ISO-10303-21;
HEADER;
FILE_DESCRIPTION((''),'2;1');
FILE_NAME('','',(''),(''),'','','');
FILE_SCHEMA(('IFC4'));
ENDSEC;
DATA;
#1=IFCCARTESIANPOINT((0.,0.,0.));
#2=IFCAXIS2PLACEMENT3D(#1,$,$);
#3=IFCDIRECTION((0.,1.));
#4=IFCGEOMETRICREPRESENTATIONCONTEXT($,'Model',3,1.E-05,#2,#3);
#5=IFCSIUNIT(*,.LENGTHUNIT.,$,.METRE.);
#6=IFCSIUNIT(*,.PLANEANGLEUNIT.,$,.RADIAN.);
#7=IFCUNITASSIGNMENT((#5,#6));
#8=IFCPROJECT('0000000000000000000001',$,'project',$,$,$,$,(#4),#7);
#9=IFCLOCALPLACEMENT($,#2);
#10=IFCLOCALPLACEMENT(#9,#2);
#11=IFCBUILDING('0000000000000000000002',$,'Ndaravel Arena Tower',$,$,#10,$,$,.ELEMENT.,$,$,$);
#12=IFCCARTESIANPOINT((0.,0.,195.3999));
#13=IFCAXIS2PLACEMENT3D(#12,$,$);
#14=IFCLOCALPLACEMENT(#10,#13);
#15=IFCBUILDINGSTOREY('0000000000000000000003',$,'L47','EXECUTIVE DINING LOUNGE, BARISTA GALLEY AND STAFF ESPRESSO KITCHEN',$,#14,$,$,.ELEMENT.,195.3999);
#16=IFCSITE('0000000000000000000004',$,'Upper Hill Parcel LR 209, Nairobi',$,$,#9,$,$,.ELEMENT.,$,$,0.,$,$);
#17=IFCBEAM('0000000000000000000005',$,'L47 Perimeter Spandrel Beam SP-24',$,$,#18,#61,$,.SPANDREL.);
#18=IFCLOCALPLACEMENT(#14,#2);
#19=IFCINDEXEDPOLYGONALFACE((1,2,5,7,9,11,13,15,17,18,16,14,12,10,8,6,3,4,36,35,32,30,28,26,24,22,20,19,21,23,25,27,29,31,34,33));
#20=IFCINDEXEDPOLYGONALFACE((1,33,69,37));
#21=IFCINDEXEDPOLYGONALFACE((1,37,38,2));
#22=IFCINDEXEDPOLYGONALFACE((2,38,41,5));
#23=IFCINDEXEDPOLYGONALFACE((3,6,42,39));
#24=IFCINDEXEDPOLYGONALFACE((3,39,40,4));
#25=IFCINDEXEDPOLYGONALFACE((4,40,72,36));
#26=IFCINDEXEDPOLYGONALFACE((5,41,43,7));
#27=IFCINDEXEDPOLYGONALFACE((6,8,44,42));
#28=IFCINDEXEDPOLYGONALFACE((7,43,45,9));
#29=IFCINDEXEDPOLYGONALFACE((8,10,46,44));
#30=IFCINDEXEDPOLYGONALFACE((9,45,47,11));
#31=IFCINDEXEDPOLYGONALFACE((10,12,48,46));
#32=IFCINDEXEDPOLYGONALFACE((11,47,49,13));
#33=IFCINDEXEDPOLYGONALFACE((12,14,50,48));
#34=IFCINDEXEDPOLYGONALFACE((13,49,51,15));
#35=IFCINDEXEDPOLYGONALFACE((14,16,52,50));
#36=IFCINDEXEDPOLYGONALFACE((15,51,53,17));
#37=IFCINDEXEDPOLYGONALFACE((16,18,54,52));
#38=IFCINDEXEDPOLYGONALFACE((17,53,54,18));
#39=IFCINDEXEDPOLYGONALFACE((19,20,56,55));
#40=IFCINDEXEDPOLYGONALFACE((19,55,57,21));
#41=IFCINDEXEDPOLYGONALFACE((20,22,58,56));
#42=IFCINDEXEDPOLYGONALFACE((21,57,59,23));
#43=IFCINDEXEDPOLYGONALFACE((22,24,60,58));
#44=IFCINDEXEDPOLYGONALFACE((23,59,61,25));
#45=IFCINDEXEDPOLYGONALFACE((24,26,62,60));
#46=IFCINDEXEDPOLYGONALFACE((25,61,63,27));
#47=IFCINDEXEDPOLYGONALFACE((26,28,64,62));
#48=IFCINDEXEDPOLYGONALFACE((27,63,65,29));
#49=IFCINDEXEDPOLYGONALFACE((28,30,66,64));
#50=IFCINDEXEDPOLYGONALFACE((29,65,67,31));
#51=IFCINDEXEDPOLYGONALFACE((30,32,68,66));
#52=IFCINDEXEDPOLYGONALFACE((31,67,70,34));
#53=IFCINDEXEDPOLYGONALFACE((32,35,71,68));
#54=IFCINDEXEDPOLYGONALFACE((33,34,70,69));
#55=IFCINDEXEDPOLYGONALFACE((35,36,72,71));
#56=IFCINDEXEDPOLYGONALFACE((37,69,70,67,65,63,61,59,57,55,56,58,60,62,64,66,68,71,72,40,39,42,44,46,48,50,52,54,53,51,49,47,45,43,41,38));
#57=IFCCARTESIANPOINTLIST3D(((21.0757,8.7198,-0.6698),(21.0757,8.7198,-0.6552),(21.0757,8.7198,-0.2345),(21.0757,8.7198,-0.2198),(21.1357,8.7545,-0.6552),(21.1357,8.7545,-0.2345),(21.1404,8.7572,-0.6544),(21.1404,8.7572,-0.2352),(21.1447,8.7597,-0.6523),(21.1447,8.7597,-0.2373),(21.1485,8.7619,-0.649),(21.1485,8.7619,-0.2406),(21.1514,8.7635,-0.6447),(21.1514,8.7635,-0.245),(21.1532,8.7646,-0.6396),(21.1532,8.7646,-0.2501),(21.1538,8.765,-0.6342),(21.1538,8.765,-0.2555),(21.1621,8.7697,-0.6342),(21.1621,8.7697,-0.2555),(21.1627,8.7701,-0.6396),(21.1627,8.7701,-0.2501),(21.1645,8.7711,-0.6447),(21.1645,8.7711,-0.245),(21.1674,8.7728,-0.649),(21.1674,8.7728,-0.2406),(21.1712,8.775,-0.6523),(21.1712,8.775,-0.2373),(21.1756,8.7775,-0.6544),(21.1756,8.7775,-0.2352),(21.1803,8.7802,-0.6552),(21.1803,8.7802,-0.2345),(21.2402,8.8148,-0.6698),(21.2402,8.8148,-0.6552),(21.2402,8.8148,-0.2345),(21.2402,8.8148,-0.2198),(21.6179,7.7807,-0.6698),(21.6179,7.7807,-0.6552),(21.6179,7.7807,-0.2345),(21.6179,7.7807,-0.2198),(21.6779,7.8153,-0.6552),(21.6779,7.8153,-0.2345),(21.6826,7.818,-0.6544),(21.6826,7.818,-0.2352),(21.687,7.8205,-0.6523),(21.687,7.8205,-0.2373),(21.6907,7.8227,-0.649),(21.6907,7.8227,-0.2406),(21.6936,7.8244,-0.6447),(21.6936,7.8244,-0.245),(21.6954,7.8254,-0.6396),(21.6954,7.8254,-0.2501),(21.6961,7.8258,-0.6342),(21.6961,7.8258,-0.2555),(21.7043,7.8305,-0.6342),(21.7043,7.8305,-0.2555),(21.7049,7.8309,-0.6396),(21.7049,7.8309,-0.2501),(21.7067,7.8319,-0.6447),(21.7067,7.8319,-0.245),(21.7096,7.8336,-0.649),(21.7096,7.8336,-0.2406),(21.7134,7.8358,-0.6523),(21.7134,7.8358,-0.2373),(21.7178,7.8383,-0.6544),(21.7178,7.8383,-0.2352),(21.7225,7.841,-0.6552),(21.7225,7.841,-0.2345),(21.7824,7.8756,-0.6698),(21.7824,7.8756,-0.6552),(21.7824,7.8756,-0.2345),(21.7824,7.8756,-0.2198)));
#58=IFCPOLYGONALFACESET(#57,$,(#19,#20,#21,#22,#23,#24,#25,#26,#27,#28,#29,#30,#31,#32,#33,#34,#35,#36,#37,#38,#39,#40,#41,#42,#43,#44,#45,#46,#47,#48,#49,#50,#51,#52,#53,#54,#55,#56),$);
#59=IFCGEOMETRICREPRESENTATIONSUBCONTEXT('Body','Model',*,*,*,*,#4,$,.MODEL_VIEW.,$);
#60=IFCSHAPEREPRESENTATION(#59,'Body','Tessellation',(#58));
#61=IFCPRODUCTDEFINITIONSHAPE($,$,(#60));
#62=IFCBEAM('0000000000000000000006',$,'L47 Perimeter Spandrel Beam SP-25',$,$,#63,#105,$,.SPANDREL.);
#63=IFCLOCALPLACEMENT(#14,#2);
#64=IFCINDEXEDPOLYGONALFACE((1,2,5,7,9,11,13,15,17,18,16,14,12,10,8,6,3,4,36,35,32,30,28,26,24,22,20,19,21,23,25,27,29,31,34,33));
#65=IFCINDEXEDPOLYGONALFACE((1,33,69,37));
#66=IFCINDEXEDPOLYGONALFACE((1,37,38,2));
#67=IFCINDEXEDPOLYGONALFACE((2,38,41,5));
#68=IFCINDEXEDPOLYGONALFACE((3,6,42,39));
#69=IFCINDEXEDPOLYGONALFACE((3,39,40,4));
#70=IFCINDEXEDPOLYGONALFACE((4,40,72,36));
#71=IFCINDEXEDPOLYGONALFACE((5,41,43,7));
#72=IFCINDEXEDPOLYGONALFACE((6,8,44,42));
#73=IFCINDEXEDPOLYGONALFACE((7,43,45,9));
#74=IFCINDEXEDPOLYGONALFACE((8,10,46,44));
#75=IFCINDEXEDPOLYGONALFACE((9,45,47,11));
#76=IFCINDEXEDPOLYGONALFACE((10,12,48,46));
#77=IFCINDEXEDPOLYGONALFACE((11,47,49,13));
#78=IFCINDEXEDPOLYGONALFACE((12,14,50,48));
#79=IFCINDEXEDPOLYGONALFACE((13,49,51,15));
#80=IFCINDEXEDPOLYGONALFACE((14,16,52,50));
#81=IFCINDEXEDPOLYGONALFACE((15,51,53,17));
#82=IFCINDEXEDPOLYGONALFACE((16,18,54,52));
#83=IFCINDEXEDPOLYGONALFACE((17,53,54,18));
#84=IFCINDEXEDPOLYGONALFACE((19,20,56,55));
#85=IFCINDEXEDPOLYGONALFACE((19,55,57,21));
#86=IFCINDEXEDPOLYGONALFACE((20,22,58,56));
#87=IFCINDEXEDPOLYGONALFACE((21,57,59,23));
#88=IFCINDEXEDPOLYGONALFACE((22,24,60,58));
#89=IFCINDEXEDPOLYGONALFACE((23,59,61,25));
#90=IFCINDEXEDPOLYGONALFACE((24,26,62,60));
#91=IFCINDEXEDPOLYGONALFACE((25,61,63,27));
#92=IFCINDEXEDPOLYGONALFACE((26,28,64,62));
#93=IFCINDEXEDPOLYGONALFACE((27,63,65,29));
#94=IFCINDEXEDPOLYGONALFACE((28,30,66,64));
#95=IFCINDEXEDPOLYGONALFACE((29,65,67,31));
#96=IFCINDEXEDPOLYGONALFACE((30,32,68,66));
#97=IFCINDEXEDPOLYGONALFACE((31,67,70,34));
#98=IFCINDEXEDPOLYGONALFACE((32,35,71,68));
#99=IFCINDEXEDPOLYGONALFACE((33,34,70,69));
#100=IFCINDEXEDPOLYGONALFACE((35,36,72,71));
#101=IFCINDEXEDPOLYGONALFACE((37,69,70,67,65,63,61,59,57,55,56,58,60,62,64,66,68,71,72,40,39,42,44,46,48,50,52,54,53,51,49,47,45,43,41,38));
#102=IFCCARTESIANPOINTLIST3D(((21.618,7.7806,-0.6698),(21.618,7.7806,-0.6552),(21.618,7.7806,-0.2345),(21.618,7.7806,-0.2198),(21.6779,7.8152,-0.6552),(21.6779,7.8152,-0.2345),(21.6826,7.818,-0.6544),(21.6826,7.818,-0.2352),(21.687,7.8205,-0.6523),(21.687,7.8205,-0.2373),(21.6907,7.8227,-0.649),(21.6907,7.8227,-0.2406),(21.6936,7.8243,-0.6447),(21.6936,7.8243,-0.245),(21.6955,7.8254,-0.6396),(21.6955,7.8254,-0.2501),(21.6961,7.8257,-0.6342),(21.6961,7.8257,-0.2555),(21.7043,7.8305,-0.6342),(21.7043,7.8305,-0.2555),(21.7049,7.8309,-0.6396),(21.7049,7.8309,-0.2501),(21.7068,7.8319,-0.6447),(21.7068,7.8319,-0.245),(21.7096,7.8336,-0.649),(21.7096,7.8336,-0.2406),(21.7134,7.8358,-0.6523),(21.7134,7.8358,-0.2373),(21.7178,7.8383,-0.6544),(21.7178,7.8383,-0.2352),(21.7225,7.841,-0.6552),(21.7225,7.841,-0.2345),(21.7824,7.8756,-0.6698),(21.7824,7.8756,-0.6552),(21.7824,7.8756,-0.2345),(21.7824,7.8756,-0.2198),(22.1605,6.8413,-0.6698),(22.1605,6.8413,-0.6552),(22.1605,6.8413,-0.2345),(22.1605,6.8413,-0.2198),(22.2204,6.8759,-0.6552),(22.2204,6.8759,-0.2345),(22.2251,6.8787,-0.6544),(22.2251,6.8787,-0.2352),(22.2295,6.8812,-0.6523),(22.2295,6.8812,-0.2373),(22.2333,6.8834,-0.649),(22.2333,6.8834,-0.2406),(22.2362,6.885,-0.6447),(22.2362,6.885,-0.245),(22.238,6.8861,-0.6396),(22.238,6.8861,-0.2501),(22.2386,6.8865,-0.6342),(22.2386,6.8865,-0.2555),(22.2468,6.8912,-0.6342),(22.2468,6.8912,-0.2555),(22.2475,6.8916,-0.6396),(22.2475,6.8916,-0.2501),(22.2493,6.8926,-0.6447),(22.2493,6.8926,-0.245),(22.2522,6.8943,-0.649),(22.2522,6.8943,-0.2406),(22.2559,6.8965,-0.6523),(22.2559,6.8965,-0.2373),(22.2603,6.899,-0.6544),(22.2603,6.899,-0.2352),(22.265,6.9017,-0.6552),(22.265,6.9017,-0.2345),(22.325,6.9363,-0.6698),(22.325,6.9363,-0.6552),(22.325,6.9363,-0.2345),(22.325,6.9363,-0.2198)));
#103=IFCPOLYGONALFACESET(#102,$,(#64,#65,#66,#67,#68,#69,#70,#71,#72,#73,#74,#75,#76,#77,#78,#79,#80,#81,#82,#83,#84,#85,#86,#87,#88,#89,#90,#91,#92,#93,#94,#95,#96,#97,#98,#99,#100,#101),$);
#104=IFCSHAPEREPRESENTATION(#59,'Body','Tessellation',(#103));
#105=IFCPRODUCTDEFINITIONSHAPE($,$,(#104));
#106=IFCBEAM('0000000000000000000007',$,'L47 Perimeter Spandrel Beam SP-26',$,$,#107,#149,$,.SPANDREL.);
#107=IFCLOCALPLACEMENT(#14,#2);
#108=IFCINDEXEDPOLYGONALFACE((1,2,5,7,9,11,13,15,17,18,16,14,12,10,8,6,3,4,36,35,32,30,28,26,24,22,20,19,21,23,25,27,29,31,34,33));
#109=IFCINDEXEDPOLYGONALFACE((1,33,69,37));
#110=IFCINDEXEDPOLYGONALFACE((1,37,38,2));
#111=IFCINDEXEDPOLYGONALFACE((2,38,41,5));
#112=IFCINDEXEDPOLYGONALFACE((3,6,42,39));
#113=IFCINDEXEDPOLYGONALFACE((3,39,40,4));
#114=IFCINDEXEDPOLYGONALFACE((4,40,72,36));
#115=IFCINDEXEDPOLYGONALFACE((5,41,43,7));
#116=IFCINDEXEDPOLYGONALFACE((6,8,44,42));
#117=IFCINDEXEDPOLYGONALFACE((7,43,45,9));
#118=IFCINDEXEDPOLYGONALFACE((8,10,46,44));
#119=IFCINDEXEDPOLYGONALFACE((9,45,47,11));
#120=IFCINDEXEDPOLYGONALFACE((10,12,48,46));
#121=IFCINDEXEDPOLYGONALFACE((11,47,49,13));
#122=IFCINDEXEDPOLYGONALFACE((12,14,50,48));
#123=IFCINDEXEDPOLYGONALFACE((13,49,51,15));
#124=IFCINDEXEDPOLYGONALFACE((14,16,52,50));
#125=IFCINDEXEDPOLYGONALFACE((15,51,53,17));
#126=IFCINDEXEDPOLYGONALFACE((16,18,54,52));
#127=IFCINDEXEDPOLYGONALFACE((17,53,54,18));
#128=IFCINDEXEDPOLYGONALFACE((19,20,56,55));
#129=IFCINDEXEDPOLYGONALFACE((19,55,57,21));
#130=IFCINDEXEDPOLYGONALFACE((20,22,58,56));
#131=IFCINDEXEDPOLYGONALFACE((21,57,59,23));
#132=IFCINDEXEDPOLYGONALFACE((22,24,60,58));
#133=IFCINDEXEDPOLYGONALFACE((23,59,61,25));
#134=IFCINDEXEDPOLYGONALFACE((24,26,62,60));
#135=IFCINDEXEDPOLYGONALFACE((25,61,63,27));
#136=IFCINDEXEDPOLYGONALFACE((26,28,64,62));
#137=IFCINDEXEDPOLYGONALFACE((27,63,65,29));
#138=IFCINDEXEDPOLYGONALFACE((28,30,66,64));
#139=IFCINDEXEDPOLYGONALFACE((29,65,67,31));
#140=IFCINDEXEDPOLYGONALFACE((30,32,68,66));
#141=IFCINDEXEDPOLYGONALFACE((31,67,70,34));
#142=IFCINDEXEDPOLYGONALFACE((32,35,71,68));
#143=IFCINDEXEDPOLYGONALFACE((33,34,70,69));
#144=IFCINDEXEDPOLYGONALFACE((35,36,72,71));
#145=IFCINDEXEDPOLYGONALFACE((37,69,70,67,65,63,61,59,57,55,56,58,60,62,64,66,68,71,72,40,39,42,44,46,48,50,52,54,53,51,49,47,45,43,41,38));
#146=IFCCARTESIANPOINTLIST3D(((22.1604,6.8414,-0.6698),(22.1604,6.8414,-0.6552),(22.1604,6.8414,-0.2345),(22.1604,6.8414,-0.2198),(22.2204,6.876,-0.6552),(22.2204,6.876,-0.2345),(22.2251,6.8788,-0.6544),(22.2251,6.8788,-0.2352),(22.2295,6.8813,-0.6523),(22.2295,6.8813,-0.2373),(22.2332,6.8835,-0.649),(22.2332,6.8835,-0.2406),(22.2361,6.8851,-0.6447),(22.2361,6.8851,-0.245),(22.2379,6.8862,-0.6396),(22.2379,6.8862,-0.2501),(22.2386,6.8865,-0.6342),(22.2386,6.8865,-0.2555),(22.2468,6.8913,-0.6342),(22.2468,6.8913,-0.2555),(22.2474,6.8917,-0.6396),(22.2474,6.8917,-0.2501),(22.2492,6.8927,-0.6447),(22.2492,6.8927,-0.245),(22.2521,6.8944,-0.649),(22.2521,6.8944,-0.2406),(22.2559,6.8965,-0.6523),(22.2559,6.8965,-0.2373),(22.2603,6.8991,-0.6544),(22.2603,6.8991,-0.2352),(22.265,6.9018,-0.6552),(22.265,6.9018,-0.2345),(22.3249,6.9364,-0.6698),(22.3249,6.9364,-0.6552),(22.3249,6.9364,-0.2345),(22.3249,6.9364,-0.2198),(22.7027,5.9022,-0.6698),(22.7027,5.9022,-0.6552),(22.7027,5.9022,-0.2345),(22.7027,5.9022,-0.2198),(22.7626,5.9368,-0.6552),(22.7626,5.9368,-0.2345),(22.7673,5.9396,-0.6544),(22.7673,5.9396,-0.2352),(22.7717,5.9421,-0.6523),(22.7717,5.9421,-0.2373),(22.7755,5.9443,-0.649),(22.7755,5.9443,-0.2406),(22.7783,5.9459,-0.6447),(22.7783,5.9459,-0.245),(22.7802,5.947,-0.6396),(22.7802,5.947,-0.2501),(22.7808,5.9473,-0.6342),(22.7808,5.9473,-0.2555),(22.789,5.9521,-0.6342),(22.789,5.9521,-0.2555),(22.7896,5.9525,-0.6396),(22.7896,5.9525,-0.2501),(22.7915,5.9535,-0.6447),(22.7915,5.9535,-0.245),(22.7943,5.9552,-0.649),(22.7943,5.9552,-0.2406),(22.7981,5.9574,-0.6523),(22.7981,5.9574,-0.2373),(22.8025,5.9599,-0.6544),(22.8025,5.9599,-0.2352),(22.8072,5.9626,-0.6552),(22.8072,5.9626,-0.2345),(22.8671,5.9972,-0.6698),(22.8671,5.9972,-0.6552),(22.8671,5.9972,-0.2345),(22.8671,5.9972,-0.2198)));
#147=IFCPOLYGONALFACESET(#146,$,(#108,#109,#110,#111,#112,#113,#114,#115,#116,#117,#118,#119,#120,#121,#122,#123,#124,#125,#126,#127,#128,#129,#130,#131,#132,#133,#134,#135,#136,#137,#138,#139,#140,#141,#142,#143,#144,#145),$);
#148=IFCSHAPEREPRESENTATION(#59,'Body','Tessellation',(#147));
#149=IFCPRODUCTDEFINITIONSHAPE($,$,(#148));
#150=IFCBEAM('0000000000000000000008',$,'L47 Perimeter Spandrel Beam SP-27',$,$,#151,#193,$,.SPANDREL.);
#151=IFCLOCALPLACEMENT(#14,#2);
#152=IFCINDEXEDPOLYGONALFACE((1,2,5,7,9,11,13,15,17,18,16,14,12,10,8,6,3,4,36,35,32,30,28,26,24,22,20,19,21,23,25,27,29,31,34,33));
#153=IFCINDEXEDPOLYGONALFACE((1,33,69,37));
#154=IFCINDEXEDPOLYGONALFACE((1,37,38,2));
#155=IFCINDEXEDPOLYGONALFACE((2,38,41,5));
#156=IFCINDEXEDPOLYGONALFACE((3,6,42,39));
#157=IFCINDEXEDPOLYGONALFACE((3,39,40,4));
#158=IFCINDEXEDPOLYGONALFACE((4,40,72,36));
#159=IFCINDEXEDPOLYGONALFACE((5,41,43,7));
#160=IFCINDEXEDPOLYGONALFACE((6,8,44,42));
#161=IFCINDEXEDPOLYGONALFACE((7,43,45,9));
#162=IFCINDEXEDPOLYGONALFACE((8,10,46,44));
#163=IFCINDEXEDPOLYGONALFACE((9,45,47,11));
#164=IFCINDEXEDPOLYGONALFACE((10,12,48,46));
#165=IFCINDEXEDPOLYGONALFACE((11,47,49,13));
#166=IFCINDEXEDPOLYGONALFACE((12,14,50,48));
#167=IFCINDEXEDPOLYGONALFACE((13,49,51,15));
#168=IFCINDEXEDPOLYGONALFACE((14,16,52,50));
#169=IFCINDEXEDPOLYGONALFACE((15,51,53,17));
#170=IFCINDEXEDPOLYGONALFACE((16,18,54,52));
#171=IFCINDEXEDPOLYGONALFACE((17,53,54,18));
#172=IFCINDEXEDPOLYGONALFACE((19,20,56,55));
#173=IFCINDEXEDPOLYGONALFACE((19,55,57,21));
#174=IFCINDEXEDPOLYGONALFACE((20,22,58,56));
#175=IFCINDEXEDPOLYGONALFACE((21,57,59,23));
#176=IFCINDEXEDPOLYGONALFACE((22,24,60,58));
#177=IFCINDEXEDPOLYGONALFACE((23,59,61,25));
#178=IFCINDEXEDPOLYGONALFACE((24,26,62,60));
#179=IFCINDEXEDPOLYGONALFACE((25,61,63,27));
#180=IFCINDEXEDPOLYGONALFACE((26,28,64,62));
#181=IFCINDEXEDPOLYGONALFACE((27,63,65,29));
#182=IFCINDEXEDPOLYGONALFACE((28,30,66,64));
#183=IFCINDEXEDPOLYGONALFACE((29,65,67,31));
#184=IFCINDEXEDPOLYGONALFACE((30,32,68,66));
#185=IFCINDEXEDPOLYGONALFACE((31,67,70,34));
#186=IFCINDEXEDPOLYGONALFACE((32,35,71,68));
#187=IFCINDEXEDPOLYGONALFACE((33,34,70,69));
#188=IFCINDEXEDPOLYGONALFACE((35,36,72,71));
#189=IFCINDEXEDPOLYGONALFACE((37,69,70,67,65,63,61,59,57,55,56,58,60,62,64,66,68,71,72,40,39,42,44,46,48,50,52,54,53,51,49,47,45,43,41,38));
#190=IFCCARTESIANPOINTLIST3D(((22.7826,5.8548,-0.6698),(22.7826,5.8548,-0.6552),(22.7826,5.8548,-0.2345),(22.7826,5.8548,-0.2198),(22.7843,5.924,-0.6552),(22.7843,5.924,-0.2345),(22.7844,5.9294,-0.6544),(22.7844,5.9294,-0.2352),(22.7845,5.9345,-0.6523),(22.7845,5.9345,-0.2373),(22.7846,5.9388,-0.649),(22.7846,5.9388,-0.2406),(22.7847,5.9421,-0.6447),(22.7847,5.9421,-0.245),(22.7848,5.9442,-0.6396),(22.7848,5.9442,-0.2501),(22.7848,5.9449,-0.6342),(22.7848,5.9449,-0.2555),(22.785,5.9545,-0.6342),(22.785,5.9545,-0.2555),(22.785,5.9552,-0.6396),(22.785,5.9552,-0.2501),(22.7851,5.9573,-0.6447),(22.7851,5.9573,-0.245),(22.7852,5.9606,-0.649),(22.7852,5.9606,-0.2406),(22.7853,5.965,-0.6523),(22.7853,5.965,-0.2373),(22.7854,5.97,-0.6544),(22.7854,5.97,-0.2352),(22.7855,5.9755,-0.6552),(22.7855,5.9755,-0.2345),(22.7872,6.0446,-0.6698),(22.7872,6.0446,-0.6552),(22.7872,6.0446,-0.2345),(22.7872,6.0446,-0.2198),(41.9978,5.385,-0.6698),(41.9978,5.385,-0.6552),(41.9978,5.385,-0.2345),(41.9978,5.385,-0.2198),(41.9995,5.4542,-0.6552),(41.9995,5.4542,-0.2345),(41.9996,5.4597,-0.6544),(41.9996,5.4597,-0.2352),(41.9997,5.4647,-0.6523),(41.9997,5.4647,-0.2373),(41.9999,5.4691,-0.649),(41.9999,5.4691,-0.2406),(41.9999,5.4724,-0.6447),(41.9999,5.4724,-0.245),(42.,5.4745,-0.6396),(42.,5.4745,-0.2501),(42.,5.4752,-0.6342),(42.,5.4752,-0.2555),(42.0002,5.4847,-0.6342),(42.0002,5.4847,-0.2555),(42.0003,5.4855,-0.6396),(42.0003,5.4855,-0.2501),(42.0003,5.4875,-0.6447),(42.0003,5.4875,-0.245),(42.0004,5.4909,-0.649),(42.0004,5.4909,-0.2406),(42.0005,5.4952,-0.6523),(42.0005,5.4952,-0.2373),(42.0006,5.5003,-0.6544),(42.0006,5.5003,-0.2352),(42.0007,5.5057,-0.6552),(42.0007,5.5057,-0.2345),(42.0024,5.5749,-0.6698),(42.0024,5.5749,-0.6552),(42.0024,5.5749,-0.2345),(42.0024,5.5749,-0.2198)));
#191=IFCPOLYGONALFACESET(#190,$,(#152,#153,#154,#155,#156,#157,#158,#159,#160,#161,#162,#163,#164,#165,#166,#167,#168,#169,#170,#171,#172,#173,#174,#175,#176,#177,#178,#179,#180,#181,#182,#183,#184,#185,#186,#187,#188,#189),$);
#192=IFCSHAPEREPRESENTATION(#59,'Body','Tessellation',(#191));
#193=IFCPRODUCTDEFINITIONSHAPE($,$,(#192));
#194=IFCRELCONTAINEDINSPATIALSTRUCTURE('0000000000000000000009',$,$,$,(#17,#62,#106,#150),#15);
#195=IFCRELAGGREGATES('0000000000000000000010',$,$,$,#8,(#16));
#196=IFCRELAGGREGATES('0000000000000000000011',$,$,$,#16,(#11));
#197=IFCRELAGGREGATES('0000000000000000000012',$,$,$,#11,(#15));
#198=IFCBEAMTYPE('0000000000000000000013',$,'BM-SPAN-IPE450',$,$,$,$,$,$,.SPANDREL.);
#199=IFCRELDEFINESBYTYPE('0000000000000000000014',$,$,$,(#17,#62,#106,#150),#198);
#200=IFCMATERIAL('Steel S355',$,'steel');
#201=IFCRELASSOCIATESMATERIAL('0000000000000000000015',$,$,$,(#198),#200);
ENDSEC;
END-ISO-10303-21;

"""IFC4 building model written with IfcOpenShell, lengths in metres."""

from ifc_helpers import new_model, si_unit, direction, frame, origin, origin_2d, place, context, subcontext, project, spatial, i_section, extrude, material, material_profile, profile_set, type_object, element, save


model = new_model("IFC4")

# Units and contexts
model_context = context("Model", 3, precision=1e-05, world=origin(), true_north=direction((0.0, 1.0)))
body_context = subcontext(model_context, "Body", "Model", "MODEL_VIEW")
ifc_project = project(units=[si_unit("LENGTHUNIT", "METRE"), si_unit("PLANEANGLEUNIT", "RADIAN")], contexts=[model_context])

# Site, building, storey
site_placement = place(None, origin())
site = spatial("IfcSite", under=ifc_project, at=site_placement, Name="Upper Hill Parcel LR 209, Nairobi", CompositionType="ELEMENT", RefElevation=0.0)
building_placement = place(site_placement, origin())
building = spatial("IfcBuilding", under=site, at=building_placement, Name="Ndaravel Arena Tower", CompositionType="ELEMENT")
storey_placement = place(building_placement, frame((0.0, 0.0, 195.3999)))
storey = spatial("IfcBuildingStorey", under=building, at=storey_placement, Name="L47", Description="EXECUTIVE DINING LOUNGE, BARISTA GALLEY AND STAFF ESPRESSO KITCHEN", CompositionType="ELEMENT", Elevation=195.3999)

# Beams
ifc_material_1 = material(Name="Steel S355", Category="steel")
ifc_material_profile_1 = material_profile(ifc_material_1, i_section(OverallWidth=0.1899, OverallDepth=0.45, WebThickness=0.0095, FlangeThickness=0.0146, FilletRadius=0.021, at=origin_2d()), Name="IPE 450")
ifc_profile_set_1 = profile_set([ifc_material_profile_1], Name="Steel S355")
beam_type = type_object("IfcBeamType", Name="BM-SPAN-IPE450", PredefinedType="SPANDREL", material=ifc_profile_set_1)
beam_1_placement = place(storey_placement, frame((21.158, 8.7673, -0.4448), z_axis=(0.499989, -0.866032, 0.0), x_axis=(0.866032, 0.499989, 0.0)))
element("IfcBeam", 1, at=beam_1_placement, inside=storey, type_object=beam_type, Name="L47 Perimeter Spandrel Beam SP-24", PredefinedType="SPANDREL", context=body_context, shape_type="SweptSolid", body=[
    extrude(i_section(OverallWidth=0.1899, OverallDepth=0.45, WebThickness=0.0095, FlangeThickness=0.0146, FilletRadius=0.021, at=origin_2d()), origin(), (0.0, 0.0, 1.0), 1.0845),
])
beam_2_placement = place(storey_placement, frame((21.7002, 7.8281, -0.4448), z_axis=(0.500158, -0.865934, 0.0), x_axis=(0.865934, 0.500158, 0.0)))
element("IfcBeam", 2, at=beam_2_placement, inside=storey, type_object=beam_type, Name="L47 Perimeter Spandrel Beam SP-25", PredefinedType="SPANDREL", context=body_context, shape_type="SweptSolid", body=[
    extrude(i_section(OverallWidth=0.1899, OverallDepth=0.45, WebThickness=0.0095, FlangeThickness=0.0146, FilletRadius=0.021, at=origin_2d()), origin(), (0.0, 0.0, 1.0), 1.0847),
])
beam_3_placement = place(storey_placement, frame((22.2427, 6.8889, -0.4448), z_axis=(0.499989, -0.866032, 0.0), x_axis=(0.866032, 0.499989, 0.0)))
element("IfcBeam", 3, at=beam_3_placement, inside=storey, type_object=beam_type, Name="L47 Perimeter Spandrel Beam SP-26", PredefinedType="SPANDREL", context=body_context, shape_type="SweptSolid", body=[
    extrude(i_section(OverallWidth=0.1899, OverallDepth=0.45, WebThickness=0.0095, FlangeThickness=0.0146, FilletRadius=0.021, at=origin_2d()), origin(), (0.0, 0.0, 1.0), 1.0845),
])
beam_4_placement = place(storey_placement, frame((22.7849, 5.9497, -0.4448), z_axis=(0.999701, -0.024438, 0.0), x_axis=(0.024438, 0.999701, 0.0)))
element("IfcBeam", 4, at=beam_4_placement, inside=storey, type_object=beam_type, Name="L47 Perimeter Spandrel Beam SP-27", PredefinedType="SPANDREL", context=body_context, shape_type="SweptSolid", body=[
    extrude(i_section(OverallWidth=0.1899, OverallDepth=0.45, WebThickness=0.0095, FlangeThickness=0.0146, FilletRadius=0.021, at=origin_2d()), origin(), (0.0, 0.0, 1.0), 19.2209),
])

save(model, "model.ifc")
